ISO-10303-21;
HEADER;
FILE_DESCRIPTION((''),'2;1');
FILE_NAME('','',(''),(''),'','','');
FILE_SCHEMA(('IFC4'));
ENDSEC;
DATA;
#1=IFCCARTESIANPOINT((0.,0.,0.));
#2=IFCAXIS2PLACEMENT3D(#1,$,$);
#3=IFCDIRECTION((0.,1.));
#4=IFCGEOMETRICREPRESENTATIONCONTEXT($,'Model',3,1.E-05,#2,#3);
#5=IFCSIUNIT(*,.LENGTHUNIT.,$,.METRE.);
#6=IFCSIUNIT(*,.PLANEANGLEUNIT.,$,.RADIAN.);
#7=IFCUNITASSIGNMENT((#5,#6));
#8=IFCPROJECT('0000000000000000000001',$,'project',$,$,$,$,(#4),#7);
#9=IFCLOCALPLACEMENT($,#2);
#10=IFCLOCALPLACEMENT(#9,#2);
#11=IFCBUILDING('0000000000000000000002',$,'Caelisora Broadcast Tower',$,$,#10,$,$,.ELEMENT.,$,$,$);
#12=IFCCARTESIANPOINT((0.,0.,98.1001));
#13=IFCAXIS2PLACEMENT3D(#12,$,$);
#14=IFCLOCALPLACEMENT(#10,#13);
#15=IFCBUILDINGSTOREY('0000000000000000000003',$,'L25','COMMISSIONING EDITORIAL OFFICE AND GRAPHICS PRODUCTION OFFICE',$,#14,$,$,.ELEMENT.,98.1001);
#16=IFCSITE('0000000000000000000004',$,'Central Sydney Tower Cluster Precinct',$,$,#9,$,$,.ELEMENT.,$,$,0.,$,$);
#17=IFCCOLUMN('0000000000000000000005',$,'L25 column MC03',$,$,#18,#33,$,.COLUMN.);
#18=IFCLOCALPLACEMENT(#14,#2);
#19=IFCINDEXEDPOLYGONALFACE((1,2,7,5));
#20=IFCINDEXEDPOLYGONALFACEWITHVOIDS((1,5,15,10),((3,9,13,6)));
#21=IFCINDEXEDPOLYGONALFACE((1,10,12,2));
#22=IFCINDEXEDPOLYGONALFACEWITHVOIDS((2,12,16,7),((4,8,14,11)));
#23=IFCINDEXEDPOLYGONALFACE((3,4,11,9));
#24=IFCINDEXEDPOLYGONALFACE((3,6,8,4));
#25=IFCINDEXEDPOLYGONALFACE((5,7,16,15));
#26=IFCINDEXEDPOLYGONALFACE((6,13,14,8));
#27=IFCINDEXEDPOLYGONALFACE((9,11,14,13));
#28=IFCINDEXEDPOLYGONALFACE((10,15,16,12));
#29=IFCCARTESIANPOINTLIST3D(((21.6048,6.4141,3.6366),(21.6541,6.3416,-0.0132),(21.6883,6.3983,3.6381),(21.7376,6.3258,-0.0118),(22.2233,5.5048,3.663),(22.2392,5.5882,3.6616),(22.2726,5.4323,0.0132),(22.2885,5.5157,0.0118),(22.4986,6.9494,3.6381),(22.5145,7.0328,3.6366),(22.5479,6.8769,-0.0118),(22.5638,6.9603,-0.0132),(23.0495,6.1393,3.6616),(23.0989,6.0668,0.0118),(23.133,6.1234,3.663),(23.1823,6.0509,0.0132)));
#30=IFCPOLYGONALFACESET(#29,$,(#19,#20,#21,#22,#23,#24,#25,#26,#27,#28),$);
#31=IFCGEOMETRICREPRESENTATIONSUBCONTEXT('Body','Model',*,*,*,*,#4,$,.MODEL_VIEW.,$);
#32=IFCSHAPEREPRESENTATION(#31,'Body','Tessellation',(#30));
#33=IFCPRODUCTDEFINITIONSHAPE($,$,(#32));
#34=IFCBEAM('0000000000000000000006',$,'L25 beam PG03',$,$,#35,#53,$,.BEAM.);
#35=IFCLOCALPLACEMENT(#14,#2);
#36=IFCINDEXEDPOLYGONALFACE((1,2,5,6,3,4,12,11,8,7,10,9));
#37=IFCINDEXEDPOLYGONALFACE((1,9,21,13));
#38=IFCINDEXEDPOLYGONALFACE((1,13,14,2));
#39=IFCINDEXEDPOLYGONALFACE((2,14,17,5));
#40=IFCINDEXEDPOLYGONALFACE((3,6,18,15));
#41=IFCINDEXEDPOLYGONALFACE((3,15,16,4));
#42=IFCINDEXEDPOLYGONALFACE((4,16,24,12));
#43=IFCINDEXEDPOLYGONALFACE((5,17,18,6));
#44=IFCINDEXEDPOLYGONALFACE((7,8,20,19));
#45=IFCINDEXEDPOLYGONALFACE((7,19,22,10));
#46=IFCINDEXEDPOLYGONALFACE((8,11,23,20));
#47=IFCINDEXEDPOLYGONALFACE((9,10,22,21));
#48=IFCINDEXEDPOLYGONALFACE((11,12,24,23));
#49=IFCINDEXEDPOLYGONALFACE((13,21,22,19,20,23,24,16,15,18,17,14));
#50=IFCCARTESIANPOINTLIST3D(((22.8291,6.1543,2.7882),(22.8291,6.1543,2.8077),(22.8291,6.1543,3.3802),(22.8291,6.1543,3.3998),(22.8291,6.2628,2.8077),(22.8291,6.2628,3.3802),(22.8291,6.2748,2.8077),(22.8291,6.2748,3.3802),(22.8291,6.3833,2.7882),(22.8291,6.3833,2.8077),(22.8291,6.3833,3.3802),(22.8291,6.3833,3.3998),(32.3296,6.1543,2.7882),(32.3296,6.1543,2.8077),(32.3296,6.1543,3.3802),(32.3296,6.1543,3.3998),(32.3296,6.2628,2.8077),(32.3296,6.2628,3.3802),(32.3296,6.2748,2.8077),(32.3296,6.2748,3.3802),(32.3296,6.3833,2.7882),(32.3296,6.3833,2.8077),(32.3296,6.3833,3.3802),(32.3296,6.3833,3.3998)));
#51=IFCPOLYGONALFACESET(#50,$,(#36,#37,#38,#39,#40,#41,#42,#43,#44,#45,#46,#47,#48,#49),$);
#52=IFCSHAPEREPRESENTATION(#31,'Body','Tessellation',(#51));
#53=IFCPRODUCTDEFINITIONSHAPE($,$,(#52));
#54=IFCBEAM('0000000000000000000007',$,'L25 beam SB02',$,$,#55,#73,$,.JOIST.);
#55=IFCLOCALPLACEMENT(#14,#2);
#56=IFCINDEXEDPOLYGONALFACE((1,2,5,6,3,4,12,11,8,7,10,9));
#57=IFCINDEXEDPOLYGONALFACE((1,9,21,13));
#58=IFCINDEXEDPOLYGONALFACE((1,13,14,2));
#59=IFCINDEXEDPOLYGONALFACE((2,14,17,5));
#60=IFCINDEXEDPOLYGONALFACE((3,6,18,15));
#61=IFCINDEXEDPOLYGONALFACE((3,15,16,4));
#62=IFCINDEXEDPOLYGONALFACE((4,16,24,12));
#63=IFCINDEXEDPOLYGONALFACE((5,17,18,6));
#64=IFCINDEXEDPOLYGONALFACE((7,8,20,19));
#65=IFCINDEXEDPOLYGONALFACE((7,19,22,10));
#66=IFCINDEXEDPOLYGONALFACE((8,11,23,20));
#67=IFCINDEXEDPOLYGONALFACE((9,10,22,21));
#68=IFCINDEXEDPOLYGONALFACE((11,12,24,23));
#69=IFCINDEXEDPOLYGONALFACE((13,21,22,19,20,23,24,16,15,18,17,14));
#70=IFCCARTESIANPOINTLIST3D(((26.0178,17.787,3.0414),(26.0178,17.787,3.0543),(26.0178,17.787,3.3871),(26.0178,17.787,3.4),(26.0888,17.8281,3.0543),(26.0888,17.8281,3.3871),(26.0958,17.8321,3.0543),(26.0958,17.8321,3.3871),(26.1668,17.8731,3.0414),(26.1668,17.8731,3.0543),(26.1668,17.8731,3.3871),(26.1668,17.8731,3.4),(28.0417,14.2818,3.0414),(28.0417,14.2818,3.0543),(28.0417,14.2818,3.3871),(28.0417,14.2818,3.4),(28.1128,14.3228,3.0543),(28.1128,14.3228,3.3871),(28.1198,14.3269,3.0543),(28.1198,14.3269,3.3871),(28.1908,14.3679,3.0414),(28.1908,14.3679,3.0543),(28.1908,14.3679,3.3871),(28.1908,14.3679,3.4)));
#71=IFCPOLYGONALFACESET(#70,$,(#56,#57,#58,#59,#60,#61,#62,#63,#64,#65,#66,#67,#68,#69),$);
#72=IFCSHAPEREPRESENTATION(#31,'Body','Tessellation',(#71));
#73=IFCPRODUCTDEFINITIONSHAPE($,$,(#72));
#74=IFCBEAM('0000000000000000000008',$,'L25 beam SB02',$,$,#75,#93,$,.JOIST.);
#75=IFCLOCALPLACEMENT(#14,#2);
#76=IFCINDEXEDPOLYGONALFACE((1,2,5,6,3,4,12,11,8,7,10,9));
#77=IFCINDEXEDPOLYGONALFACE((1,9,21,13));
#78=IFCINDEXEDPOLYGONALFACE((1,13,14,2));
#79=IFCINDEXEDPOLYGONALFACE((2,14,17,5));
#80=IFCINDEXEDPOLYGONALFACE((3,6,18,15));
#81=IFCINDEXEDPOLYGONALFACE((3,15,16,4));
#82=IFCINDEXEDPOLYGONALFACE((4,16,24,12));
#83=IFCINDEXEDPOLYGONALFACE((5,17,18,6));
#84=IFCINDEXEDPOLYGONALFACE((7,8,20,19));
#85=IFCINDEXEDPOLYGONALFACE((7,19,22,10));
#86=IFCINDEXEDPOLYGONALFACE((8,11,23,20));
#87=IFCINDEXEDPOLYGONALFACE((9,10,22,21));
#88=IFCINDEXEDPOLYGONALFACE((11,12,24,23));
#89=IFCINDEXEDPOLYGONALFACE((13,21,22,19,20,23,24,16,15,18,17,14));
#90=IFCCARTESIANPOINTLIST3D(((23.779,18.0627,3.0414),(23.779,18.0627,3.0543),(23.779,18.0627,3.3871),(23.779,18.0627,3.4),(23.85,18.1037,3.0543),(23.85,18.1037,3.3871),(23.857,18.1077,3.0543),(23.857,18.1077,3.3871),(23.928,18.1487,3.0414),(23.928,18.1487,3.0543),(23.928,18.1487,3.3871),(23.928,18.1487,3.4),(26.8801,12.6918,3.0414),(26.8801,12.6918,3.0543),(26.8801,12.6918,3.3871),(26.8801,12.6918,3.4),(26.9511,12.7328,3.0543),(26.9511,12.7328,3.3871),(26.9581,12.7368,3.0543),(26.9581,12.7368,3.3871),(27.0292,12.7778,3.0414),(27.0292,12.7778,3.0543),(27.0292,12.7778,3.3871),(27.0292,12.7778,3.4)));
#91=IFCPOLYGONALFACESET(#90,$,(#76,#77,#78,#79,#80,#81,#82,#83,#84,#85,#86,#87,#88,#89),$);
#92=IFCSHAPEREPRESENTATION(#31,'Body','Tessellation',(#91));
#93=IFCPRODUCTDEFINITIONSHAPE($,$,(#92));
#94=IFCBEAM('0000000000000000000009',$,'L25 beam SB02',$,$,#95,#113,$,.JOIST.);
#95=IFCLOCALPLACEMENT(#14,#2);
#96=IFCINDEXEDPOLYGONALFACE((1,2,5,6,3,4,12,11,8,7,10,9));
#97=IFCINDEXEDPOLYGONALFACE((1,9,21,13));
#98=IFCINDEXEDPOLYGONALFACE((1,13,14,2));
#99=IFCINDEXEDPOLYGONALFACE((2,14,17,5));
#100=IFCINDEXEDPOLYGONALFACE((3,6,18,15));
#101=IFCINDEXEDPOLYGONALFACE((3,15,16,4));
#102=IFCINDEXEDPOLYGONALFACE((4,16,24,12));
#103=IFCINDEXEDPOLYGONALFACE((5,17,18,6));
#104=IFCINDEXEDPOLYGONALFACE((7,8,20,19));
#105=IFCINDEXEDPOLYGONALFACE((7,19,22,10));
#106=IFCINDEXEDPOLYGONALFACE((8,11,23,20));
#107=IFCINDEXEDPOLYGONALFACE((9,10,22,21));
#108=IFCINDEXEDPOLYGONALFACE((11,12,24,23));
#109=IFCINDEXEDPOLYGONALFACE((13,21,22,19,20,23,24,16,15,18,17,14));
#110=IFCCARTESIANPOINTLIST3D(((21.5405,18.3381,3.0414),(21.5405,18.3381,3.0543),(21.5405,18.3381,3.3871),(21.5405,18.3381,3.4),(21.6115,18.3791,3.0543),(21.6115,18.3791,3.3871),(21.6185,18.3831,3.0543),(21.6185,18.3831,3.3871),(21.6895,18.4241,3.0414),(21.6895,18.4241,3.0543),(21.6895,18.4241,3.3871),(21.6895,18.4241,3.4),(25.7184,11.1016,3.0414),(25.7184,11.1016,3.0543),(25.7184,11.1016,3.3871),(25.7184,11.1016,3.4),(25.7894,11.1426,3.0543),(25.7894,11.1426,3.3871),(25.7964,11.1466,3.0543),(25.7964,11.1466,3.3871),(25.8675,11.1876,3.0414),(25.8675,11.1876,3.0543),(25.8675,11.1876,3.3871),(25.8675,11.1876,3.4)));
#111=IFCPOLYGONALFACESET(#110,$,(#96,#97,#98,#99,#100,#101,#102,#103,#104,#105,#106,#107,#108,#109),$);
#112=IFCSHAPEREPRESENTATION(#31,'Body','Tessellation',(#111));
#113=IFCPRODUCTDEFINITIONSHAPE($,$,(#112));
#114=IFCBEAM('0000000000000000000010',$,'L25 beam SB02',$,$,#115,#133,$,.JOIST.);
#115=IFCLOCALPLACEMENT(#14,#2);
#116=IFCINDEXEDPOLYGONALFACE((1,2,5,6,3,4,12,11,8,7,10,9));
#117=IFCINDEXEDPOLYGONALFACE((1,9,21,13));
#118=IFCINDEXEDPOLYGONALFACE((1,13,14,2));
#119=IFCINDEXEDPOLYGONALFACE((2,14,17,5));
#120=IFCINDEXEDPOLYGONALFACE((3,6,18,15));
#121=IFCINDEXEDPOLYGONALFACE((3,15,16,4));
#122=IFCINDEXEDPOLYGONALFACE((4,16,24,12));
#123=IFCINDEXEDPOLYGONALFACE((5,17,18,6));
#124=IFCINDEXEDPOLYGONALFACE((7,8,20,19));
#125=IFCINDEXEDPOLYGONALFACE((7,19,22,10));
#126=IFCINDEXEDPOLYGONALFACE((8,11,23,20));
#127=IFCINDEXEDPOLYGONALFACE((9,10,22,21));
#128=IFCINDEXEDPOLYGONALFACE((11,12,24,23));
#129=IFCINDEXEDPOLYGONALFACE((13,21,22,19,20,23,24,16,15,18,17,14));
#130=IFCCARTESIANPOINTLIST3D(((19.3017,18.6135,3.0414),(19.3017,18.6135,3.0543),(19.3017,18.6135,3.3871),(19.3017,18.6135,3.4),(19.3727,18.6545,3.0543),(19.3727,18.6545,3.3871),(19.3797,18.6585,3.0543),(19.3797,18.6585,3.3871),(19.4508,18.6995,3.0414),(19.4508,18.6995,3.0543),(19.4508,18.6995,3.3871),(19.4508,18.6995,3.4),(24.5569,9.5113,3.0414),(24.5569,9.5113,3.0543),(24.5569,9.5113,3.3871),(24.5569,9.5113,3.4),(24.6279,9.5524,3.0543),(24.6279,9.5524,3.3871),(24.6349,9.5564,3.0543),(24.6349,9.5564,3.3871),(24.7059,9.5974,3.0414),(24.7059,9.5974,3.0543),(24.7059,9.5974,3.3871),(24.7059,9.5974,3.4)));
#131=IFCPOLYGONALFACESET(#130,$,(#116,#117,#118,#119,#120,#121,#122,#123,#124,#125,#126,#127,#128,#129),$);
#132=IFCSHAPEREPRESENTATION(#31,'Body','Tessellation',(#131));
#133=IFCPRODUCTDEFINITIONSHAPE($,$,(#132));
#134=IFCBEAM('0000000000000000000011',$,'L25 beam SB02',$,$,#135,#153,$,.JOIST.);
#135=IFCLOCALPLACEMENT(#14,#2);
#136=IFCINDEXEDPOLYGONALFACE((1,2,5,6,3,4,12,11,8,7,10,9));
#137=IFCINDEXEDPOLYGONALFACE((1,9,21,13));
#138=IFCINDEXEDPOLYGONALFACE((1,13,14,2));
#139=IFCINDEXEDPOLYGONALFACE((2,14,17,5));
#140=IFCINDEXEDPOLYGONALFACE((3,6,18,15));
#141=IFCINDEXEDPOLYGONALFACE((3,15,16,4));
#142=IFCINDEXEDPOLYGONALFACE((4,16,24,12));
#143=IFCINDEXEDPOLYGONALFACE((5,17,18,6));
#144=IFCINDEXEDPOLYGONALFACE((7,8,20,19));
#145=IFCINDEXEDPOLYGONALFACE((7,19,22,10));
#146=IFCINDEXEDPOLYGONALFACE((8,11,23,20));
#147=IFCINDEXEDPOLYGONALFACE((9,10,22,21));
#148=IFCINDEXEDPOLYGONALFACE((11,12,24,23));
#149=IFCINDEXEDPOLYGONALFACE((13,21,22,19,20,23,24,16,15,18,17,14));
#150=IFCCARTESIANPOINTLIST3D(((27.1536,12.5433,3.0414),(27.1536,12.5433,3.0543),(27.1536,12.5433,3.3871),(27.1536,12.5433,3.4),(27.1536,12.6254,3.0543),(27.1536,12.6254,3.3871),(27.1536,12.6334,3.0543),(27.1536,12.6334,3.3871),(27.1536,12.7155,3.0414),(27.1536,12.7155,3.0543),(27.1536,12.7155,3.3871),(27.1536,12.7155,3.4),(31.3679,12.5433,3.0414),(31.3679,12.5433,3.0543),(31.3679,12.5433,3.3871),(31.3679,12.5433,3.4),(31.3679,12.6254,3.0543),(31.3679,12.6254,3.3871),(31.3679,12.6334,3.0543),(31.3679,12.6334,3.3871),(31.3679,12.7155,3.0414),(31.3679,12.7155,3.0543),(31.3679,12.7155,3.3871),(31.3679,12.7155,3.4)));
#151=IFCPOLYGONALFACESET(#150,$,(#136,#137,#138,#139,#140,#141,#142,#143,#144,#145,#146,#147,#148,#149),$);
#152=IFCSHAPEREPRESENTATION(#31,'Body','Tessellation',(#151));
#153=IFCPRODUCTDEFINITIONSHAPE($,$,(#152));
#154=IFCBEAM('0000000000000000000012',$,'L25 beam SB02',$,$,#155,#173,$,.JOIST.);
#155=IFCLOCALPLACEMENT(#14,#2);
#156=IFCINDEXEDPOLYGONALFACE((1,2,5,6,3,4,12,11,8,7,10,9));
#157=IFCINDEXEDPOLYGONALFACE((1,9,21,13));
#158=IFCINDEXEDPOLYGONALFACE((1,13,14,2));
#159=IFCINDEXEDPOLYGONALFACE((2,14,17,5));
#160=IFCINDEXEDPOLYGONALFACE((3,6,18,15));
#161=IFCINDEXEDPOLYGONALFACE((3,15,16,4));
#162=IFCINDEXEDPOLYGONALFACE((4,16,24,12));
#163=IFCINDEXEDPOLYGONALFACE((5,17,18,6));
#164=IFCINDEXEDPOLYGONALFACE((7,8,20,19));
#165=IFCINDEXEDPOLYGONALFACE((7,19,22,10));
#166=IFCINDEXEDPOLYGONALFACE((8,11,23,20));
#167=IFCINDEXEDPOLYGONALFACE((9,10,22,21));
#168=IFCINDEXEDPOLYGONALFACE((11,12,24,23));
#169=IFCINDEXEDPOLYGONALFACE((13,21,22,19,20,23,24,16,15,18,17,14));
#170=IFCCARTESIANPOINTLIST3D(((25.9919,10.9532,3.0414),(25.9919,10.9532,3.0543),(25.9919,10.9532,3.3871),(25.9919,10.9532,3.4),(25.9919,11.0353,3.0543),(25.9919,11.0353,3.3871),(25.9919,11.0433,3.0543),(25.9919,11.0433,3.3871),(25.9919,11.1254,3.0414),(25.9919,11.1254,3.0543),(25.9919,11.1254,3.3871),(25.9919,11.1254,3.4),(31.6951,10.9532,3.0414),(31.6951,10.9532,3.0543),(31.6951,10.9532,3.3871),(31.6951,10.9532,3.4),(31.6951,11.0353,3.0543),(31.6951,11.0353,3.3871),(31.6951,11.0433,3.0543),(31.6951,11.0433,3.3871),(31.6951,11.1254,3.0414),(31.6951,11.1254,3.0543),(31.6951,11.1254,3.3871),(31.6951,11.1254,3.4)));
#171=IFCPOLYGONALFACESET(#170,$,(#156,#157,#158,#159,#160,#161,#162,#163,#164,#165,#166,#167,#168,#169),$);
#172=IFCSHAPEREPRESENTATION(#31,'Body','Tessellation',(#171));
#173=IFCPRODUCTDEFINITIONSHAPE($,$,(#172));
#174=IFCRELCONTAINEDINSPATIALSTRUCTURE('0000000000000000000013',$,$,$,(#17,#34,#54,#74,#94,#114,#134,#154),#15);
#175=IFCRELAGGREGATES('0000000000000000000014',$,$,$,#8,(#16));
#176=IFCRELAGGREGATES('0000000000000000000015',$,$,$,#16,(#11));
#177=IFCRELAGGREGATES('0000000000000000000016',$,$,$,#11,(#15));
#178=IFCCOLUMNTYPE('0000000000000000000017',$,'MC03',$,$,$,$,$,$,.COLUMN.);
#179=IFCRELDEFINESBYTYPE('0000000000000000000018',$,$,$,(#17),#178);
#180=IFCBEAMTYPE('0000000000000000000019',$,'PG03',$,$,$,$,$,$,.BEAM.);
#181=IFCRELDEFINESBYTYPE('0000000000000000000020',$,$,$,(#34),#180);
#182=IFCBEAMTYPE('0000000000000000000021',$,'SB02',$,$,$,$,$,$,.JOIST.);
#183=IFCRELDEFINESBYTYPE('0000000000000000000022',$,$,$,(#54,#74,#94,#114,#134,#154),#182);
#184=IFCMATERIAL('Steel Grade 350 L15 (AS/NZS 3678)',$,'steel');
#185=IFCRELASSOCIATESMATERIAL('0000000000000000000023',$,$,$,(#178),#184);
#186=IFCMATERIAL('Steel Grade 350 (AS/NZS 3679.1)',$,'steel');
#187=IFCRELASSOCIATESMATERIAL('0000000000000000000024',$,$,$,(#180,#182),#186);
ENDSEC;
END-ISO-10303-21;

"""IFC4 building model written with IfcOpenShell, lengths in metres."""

from ifc_helpers import new_model, si_unit, direction, frame, origin, origin_2d, place, context, subcontext, project, spatial, hollow_rectangle, i_section, extrude, source, transform, mapped, material, material_profile, profile_set, type_object, type_shapes, element, save


model = new_model("IFC4")

# Units and contexts
model_context = context("Model", 3, precision=1e-05, world=origin(), true_north=direction((0.0, 1.0)))
body_context = subcontext(model_context, "Body", "Model", "MODEL_VIEW")
ifc_project = project(units=[si_unit("LENGTHUNIT", "METRE"), si_unit("PLANEANGLEUNIT", "RADIAN")], contexts=[model_context])

# Site, building, storey
site_placement = place(None, origin())
site = spatial("IfcSite", under=ifc_project, at=site_placement, Name="Central Sydney Tower Cluster Precinct", CompositionType="ELEMENT", RefElevation=0.0)
building_placement = place(site_placement, origin())
building = spatial("IfcBuilding", under=site, at=building_placement, Name="Caelisora Broadcast Tower", CompositionType="ELEMENT")
storey_placement = place(building_placement, frame((0.0, 0.0, 98.1001)))
storey = spatial("IfcBuildingStorey", under=building, at=storey_placement, Name="L25", Description="COMMISSIONING EDITORIAL OFFICE AND GRAPHICS PRODUCTION OFFICE", CompositionType="ELEMENT", Elevation=98.1001)

# Column
ifc_material_1 = material(Name="Steel Grade 350 L15 (AS/NZS 3678)", Category="steel")
ifc_material_profile_1 = material_profile(ifc_material_1, hollow_rectangle(XDim=1.1001, YDim=1.1001, WallThickness=0.0601, at=origin_2d()), Name="Steel Grade 350 L15 (AS/NZS 3678)")
ifc_profile_set_1 = profile_set([ifc_material_profile_1], Name="Steel Grade 350 L15 (AS/NZS 3678)")
column_type = type_object("IfcColumnType", Name="MC03", PredefinedType="COLUMN", material=ifc_profile_set_1)
shared_shape_1 = source(origin(), body_context, "Body", "SweptSolid", [
    extrude(hollow_rectangle(XDim=1.1001, YDim=1.1001, WallThickness=0.0601, at=origin_2d()), origin(), (0.0, 0.0, 1.0), 3.6509),
])
type_shapes(column_type, [shared_shape_1])
column_placement = place(storey_placement, frame((22.4182, 6.1963, 0.0), z_axis=(-0.013508, 0.01986, 0.999712), x_axis=(-0.826875, -0.562386, 0.0)))
element("IfcColumn", 1, at=column_placement, inside=storey, type_object=column_type, Name="L25 column MC03", PredefinedType="COLUMN", context=body_context, shape_type="MappedRepresentation", body=[
    mapped(shared_shape_1, transform((0.0, 0.0, 0.0), scale=1.0)),
])

# Beams
ifc_material_2 = material(Name="Steel Grade 350 (AS/NZS 3679.1)", Category="steel")
ifc_material_profile_2 = material_profile(ifc_material_2, i_section(OverallWidth=0.229, OverallDepth=0.6116, WebThickness=0.012, FlangeThickness=0.0195, at=origin_2d()), Name="Steel Grade 350 (AS/NZS 3679.1)")
ifc_profile_set_2 = profile_set([ifc_material_profile_2], Name="Steel Grade 350 (AS/NZS 3679.1)")
beam_type_1 = type_object("IfcBeamType", Name="PG03", PredefinedType="BEAM", material=ifc_profile_set_2)
shared_shape_2 = source(origin(), body_context, "Body", "SweptSolid", [
    extrude(i_section(OverallWidth=0.229, OverallDepth=0.6116, WebThickness=0.012, FlangeThickness=0.0195, at=origin_2d()), origin(), (0.0, 0.0, 1.0), 9.5005),
])
type_shapes(beam_type_1, [shared_shape_2])
beam_1_placement = place(storey_placement, frame((22.8291, 6.2688, 3.094), z_axis=(1.0, 0.0, 0.0), x_axis=(0.0, 1.0, 0.0)))
element("IfcBeam", 2, at=beam_1_placement, inside=storey, type_object=beam_type_1, Name="L25 beam PG03", PredefinedType="BEAM", context=body_context, shape_type="MappedRepresentation", body=[
    mapped(shared_shape_2, transform((0.0, 0.0, 0.0), scale=1.0)),
])
ifc_material_profile_3 = material_profile(ifc_material_2, i_section(OverallWidth=0.1721, OverallDepth=0.3586, WebThickness=0.0081, FlangeThickness=0.0129, at=origin_2d()), Name="Steel Grade 350 (AS/NZS 3679.1)")
ifc_profile_set_3 = profile_set([ifc_material_profile_3], Name="Steel Grade 350 (AS/NZS 3679.1)")
beam_type_2 = type_object("IfcBeamType", Name="SB02", PredefinedType="JOIST", material=ifc_profile_set_3)
shared_shape_3 = source(origin(), body_context, "Body", "SweptSolid", [
    extrude(i_section(OverallWidth=0.1721, OverallDepth=0.3586, WebThickness=0.0081, FlangeThickness=0.0129, at=origin_2d()), origin(), (0.0, 0.0, 1.0), 4.0476),
])
beam_2_placement = place(storey_placement, frame((26.0923, 17.8301, 3.2207), z_axis=(0.500044, -0.866, 0.0), x_axis=(0.866, 0.500044, 0.0)))
element("IfcBeam", 3, at=beam_2_placement, inside=storey, type_object=beam_type_2, Name="L25 beam SB02", PredefinedType="JOIST", context=body_context, shape_type="MappedRepresentation", body=[
    mapped(shared_shape_3, transform((0.0, 0.0, 0.0), scale=1.0)),
])
shared_shape_4 = source(origin(), body_context, "Body", "SweptSolid", [
    extrude(i_section(OverallWidth=0.1721, OverallDepth=0.3586, WebThickness=0.0081, FlangeThickness=0.0129, at=origin_2d()), origin(), (0.0, 0.0, 1.0), 6.2019),
])
beam_3_placement = place(storey_placement, frame((23.8535, 18.1057, 3.2207), z_axis=(0.500026, -0.866011, 0.0), x_axis=(0.866011, 0.500026, 0.0)))
element("IfcBeam", 4, at=beam_3_placement, inside=storey, type_object=beam_type_2, Name="L25 beam SB02", PredefinedType="JOIST", context=body_context, shape_type="MappedRepresentation", body=[
    mapped(shared_shape_4, transform((0.0, 0.0, 0.0), scale=1.0)),
])
shared_shape_5 = source(origin(), body_context, "Body", "SweptSolid", [
    extrude(i_section(OverallWidth=0.1721, OverallDepth=0.3586, WebThickness=0.0081, FlangeThickness=0.0129, at=origin_2d()), origin(), (0.0, 0.0, 1.0), 8.356),
])
beam_4_placement = place(storey_placement, frame((21.615, 18.3811, 3.2207), z_axis=(0.499995, -0.866028, 0.0), x_axis=(0.866028, 0.499995, 0.0)))
element("IfcBeam", 5, at=beam_4_placement, inside=storey, type_object=beam_type_2, Name="L25 beam SB02", PredefinedType="JOIST", context=body_context, shape_type="MappedRepresentation", body=[
    mapped(shared_shape_5, transform((0.0, 0.0, 0.0), scale=1.0)),
])
shared_shape_6 = source(origin(), body_context, "Body", "SweptSolid", [
    extrude(i_section(OverallWidth=0.1721, OverallDepth=0.3586, WebThickness=0.0081, FlangeThickness=0.0129, at=origin_2d()), origin(), (0.0, 0.0, 1.0), 10.5103),
])
beam_5_placement = place(storey_placement, frame((19.3762, 18.6565, 3.2207), z_axis=(0.500004, -0.866023, 0.0), x_axis=(0.866023, 0.500004, 0.0)))
element("IfcBeam", 6, at=beam_5_placement, inside=storey, type_object=beam_type_2, Name="L25 beam SB02", PredefinedType="JOIST", context=body_context, shape_type="MappedRepresentation", body=[
    mapped(shared_shape_6, transform((0.0, 0.0, 0.0), scale=1.0)),
])
shared_shape_7 = source(origin(), body_context, "Body", "SweptSolid", [
    extrude(i_section(OverallWidth=0.1721, OverallDepth=0.3586, WebThickness=0.0081, FlangeThickness=0.0129, at=origin_2d()), origin(), (0.0, 0.0, 1.0), 4.2144),
])
beam_6_placement = place(storey_placement, frame((27.1536, 12.6294, 3.2207), z_axis=(1.0, 0.0, 0.0), x_axis=(0.0, 1.0, 0.0)))
element("IfcBeam", 7, at=beam_6_placement, inside=storey, type_object=beam_type_2, Name="L25 beam SB02", PredefinedType="JOIST", context=body_context, shape_type="MappedRepresentation", body=[
    mapped(shared_shape_7, transform((0.0, 0.0, 0.0), scale=1.0)),
])
shared_shape_8 = source(origin(), body_context, "Body", "SweptSolid", [
    extrude(i_section(OverallWidth=0.1721, OverallDepth=0.3586, WebThickness=0.0081, FlangeThickness=0.0129, at=origin_2d()), origin(), (0.0, 0.0, 1.0), 5.7031),
])
beam_7_placement = place(storey_placement, frame((25.9919, 11.0393, 3.2207), z_axis=(1.0, 0.0, 0.0), x_axis=(0.0, 1.0, 0.0)))
element("IfcBeam", 8, at=beam_7_placement, inside=storey, type_object=beam_type_2, Name="L25 beam SB02", PredefinedType="JOIST", context=body_context, shape_type="MappedRepresentation", body=[
    mapped(shared_shape_8, transform((0.0, 0.0, 0.0), scale=1.0)),
])

save(model, "model.ifc")
